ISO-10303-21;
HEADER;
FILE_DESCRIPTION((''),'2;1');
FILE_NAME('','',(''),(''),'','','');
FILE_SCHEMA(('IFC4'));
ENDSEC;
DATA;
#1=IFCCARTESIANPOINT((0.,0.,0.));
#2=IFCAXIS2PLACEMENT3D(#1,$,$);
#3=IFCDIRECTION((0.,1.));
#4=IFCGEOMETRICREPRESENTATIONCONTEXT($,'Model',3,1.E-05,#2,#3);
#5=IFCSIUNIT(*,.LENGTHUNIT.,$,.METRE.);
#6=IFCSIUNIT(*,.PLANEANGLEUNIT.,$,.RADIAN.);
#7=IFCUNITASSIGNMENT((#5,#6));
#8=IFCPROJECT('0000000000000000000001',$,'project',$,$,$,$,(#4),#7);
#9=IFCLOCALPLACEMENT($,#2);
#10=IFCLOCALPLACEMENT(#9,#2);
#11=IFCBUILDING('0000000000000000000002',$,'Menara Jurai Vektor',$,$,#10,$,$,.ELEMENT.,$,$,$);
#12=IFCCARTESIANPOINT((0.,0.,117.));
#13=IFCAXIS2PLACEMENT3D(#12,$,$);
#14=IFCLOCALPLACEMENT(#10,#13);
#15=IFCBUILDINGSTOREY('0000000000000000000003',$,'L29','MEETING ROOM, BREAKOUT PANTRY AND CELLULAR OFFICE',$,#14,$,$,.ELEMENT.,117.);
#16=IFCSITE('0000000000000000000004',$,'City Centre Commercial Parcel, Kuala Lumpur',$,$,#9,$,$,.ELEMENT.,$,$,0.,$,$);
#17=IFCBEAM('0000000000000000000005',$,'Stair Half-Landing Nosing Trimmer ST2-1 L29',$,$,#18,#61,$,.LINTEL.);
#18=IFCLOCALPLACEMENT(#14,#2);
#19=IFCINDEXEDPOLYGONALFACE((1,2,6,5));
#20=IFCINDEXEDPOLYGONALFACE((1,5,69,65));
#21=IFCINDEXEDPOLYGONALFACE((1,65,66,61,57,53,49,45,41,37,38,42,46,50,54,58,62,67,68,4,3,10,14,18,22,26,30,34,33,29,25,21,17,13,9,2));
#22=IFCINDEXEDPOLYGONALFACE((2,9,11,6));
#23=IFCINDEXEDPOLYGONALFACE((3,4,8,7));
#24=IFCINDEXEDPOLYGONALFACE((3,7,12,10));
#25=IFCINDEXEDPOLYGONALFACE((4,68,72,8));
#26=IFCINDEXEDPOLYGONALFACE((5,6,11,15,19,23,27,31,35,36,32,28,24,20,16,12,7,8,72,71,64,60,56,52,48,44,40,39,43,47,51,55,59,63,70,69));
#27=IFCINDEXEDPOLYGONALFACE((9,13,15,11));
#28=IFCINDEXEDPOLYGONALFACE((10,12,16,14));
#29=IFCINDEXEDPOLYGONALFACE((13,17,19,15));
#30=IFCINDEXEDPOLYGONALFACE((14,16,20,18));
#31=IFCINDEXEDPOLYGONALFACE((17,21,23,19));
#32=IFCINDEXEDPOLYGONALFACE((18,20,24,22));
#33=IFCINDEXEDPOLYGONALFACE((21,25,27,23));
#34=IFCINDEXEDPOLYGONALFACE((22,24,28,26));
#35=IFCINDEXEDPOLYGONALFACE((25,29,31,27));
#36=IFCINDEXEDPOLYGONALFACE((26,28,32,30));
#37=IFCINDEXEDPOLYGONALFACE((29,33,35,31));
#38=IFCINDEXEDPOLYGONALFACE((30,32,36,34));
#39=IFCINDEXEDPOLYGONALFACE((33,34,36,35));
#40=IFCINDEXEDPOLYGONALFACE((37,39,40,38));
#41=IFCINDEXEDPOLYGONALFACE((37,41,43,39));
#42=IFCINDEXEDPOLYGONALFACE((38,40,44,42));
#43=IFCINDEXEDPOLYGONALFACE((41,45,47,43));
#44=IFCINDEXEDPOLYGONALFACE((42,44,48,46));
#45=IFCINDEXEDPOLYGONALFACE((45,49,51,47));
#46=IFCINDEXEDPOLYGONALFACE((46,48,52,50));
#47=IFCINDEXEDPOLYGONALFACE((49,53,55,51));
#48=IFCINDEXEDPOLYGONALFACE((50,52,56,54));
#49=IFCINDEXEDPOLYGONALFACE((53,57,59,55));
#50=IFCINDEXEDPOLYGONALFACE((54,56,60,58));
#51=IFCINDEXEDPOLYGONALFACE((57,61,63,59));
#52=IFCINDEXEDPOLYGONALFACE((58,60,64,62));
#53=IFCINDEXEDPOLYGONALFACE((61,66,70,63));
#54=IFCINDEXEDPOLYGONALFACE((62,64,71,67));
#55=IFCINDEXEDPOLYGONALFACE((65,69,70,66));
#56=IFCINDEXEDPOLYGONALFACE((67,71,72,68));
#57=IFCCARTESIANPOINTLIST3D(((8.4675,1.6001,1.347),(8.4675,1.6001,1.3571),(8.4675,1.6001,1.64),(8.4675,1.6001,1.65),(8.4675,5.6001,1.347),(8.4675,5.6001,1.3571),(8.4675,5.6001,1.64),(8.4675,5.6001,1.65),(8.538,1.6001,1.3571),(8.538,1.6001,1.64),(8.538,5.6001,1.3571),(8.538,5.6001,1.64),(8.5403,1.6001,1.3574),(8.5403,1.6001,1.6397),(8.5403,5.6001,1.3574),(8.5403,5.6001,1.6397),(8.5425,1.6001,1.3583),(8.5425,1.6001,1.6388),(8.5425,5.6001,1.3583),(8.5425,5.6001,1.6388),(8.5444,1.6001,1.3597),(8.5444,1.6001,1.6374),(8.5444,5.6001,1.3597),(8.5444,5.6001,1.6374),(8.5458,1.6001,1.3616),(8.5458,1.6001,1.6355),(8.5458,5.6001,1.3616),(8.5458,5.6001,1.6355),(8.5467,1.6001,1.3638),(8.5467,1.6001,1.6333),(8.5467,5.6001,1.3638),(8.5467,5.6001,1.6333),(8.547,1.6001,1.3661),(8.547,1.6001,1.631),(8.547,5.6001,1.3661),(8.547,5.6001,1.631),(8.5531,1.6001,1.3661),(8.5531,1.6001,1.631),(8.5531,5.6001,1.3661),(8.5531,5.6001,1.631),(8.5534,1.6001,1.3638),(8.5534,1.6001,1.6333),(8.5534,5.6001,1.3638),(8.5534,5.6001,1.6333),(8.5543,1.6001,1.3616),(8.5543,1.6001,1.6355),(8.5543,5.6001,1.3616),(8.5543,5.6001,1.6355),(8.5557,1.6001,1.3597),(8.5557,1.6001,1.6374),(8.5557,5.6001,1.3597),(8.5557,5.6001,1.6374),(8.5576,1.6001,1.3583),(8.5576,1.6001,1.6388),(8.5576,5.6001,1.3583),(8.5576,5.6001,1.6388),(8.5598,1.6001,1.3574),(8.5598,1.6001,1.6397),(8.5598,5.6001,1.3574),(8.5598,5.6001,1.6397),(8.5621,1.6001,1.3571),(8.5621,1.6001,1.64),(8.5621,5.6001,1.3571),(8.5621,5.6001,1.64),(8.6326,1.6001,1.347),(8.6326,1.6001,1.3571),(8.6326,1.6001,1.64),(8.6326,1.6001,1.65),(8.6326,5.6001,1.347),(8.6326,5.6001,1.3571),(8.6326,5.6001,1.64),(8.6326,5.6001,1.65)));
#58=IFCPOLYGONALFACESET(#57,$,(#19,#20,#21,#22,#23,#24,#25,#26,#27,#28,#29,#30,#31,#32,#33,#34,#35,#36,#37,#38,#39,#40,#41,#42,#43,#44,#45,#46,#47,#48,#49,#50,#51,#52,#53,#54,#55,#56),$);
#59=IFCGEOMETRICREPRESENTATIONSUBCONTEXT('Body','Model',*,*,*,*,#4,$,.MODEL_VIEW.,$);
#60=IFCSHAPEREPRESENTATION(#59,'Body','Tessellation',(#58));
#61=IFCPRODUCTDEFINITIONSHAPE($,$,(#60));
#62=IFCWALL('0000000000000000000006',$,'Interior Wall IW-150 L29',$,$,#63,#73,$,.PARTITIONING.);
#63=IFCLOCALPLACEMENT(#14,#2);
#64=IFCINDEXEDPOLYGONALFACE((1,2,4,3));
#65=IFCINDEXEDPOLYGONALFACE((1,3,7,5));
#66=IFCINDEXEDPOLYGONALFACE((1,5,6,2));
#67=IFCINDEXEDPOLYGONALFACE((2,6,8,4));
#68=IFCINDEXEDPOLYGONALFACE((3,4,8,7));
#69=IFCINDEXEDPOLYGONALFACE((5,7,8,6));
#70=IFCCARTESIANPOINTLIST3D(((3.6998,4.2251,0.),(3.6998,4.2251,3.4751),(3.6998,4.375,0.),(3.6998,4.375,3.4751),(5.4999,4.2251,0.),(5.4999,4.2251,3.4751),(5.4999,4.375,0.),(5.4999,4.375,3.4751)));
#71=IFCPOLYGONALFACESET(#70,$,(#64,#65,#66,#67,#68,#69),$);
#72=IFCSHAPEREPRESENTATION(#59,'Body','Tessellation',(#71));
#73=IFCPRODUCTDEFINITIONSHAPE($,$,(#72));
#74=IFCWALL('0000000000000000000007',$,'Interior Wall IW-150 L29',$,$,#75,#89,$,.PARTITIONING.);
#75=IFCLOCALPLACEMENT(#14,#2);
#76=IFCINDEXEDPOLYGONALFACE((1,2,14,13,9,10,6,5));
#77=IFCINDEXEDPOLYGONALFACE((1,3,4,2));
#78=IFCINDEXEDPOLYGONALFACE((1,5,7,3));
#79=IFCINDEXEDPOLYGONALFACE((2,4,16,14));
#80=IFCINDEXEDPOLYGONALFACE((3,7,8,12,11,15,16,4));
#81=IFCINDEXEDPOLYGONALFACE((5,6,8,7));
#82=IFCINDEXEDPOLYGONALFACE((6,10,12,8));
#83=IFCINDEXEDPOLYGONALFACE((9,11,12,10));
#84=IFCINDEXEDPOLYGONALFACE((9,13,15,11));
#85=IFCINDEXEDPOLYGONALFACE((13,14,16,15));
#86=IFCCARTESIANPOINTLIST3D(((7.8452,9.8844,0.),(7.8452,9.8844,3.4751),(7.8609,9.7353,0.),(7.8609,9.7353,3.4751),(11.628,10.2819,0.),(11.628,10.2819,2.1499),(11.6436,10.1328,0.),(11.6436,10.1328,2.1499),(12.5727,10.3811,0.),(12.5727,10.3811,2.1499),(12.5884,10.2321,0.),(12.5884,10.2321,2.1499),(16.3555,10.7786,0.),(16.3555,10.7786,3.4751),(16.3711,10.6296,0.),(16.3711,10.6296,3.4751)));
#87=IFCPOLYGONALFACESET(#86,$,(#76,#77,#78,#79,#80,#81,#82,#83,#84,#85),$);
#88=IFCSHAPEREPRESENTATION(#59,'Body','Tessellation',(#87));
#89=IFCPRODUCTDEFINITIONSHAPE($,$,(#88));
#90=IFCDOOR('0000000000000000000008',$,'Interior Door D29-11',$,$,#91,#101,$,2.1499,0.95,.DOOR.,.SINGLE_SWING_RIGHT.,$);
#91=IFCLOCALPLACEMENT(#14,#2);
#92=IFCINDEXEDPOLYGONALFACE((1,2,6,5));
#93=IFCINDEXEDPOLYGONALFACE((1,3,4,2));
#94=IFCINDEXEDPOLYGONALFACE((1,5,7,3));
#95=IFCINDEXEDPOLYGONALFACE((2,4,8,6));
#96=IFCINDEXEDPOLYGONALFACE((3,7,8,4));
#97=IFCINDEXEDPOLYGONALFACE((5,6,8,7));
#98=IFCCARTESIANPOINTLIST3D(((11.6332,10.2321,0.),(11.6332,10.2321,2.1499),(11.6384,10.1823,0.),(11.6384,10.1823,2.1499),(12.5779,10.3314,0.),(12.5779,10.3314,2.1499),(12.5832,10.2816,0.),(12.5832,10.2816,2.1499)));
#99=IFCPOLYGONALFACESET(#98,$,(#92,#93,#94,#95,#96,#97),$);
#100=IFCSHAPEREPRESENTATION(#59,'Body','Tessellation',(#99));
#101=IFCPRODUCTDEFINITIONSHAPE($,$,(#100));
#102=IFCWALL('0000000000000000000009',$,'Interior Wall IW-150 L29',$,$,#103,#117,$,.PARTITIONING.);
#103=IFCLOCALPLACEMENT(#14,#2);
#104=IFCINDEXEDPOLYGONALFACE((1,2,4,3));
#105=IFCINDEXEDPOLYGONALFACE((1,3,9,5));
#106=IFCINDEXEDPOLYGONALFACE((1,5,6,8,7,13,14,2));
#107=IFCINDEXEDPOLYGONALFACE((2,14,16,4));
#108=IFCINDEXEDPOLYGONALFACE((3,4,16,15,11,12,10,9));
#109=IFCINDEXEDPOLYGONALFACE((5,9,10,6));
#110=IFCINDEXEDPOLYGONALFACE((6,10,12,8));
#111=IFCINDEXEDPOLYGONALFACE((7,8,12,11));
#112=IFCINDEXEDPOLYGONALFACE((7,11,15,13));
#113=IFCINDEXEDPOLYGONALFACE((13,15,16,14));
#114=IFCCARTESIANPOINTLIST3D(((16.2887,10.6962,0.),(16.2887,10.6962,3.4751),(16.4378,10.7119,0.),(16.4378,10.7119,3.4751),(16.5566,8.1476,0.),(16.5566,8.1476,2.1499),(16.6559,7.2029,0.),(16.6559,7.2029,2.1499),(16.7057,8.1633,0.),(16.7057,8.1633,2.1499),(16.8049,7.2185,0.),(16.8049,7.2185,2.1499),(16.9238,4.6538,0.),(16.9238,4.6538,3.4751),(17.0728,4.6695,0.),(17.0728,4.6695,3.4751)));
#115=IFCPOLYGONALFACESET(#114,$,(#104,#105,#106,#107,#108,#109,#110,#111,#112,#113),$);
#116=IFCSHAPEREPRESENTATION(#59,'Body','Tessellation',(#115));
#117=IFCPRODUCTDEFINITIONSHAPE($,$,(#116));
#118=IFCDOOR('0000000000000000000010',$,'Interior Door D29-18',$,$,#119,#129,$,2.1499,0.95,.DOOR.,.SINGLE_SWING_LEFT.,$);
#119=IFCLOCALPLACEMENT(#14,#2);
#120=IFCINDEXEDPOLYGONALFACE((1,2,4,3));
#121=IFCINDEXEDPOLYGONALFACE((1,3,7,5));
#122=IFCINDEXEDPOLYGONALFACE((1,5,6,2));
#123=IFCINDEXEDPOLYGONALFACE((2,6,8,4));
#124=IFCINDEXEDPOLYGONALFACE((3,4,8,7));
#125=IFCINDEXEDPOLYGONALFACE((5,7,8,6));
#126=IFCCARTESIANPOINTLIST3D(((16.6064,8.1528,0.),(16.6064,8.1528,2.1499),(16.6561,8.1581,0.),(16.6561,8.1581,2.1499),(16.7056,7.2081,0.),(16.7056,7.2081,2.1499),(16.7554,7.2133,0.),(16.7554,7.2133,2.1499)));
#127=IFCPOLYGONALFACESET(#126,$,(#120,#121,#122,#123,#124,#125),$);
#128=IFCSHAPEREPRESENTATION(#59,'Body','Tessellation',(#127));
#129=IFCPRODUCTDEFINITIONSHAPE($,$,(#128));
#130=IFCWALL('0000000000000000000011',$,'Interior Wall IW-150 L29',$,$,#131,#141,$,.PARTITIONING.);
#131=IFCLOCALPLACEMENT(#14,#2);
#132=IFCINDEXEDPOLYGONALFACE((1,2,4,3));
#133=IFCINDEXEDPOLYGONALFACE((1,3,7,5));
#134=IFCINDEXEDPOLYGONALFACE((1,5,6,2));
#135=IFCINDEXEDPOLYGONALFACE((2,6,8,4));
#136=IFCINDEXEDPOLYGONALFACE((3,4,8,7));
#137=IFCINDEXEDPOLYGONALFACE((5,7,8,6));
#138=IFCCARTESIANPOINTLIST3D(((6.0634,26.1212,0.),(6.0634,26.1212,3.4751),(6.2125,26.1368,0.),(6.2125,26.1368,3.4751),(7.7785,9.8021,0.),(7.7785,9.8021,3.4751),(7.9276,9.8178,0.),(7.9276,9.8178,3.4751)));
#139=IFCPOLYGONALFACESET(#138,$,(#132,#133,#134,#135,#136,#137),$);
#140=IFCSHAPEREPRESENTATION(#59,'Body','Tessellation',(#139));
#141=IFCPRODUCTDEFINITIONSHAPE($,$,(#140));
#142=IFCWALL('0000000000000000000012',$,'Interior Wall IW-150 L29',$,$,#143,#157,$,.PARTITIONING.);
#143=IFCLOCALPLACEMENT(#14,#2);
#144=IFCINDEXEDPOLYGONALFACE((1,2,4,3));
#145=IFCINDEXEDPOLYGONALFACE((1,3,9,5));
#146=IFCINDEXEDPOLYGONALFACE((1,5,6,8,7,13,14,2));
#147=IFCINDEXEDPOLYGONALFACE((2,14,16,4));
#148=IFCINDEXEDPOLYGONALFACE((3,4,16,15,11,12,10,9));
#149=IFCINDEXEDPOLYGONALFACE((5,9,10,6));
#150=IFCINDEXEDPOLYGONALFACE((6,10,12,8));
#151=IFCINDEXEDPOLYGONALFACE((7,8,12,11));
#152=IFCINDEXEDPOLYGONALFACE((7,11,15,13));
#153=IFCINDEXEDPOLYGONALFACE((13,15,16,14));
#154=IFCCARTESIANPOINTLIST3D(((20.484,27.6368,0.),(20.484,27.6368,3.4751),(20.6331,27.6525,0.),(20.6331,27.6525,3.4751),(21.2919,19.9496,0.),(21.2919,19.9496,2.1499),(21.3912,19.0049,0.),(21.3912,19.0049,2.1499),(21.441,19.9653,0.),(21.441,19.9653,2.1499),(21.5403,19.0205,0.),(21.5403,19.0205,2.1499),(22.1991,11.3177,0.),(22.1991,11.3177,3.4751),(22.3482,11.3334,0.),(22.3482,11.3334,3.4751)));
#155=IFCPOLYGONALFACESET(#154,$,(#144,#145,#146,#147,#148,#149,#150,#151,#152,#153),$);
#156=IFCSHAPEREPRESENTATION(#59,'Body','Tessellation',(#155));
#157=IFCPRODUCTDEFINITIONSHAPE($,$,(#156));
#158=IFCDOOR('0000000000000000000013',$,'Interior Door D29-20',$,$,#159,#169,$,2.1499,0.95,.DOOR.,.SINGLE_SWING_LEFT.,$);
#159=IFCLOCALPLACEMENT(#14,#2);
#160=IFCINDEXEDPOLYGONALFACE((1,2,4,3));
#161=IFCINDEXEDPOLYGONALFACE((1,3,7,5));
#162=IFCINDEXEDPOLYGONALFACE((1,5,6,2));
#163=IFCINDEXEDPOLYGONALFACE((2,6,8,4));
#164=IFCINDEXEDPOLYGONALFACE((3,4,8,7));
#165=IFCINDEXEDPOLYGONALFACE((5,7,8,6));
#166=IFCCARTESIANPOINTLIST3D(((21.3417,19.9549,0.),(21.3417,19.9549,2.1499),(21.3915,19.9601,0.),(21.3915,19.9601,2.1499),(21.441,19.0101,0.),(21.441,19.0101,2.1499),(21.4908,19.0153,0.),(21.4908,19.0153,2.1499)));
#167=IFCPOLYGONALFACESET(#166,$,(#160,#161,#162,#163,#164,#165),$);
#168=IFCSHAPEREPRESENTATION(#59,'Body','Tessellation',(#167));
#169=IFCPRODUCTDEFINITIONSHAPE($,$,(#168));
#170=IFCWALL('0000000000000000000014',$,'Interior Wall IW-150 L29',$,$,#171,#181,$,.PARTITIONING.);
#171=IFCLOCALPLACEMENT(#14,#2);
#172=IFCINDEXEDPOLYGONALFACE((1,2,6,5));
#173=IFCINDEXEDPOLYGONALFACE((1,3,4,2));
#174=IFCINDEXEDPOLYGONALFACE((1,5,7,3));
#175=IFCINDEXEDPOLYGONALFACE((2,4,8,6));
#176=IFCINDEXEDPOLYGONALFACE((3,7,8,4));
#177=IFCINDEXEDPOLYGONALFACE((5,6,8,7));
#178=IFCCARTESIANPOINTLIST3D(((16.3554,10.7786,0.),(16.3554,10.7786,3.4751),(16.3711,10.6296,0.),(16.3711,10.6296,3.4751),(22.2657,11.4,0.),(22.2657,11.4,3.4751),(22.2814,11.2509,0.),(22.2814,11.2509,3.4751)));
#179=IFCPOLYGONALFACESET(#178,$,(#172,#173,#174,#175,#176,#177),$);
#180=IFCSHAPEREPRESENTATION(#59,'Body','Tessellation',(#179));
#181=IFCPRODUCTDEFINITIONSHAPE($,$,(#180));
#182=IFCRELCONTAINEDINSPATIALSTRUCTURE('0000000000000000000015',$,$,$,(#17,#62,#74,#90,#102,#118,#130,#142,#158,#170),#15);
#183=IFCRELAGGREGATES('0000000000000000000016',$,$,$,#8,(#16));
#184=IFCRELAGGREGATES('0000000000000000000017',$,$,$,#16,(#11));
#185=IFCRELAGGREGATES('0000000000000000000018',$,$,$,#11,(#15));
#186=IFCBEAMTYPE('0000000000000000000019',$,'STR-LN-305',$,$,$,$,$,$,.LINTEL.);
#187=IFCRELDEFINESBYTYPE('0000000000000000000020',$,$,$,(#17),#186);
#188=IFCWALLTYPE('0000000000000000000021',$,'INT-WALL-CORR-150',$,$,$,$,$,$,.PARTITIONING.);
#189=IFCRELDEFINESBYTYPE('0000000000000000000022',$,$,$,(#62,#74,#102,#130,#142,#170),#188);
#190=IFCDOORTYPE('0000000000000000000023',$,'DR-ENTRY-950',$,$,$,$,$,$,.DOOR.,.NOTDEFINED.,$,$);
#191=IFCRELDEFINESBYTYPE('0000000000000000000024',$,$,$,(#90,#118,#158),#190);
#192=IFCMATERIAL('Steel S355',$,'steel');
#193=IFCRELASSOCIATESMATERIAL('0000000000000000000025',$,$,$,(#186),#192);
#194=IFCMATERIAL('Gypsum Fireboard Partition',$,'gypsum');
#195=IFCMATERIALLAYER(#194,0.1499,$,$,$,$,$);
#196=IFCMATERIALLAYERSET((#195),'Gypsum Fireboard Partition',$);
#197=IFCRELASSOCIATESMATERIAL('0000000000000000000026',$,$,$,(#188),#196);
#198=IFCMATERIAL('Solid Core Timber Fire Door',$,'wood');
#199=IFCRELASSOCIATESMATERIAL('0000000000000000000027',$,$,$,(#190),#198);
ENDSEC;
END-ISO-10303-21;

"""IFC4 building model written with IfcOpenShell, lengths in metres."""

from ifc_helpers import new_model, si_unit, direction, frame, frame_2d, origin, origin_2d, place, context, subcontext, project, spatial, rectangle, i_section, extrude, material, layer, layer_set, material_profile, profile_set, type_object, element, fill, save


model = new_model("IFC4")

# Units and contexts
model_context = context("Model", 3, precision=1e-05, world=origin(), true_north=direction((0.0, 1.0)))
body_context = subcontext(model_context, "Body", "Model", "MODEL_VIEW")
ifc_project = project(units=[si_unit("LENGTHUNIT", "METRE"), si_unit("PLANEANGLEUNIT", "RADIAN")], contexts=[model_context])

# Site, building, storey
site_placement = place(None, origin())
site = spatial("IfcSite", under=ifc_project, at=site_placement, Name="City Centre Commercial Parcel, Kuala Lumpur", CompositionType="ELEMENT", RefElevation=0.0)
building_placement = place(site_placement, origin())
building = spatial("IfcBuilding", under=site, at=building_placement, Name="Menara Jurai Vektor", CompositionType="ELEMENT")
storey_placement = place(building_placement, frame((0.0, 0.0, 117.0)))
storey = spatial("IfcBuildingStorey", under=building, at=storey_placement, Name="L29", Description="MEETING ROOM, BREAKOUT PANTRY AND CELLULAR OFFICE", CompositionType="ELEMENT", Elevation=117.0)

# Shared definitions
ifc_material_1 = material(Name="Steel S355", Category="steel")

# Beam
ifc_material_profile_1 = material_profile(ifc_material_1, i_section(OverallWidth=0.165, OverallDepth=0.303, WebThickness=0.0061, FlangeThickness=0.01, FilletRadius=0.009, at=origin_2d()), Name="UKB 305x165x40")
ifc_profile_set_1 = profile_set([ifc_material_profile_1], Name="Steel S355")
beam_type_1 = type_object("IfcBeamType", Name="STR-LN-305", PredefinedType="LINTEL", material=ifc_profile_set_1)
beam_1_placement = place(storey_placement, frame((8.55, 1.6001, 1.4985), z_axis=(0.0, 1.0, 0.0), x_axis=(-1.0, 0.0, 0.0)))
element("IfcBeam", 1, at=beam_1_placement, inside=storey, type_object=beam_type_1, Name="Stair Half-Landing Nosing Trimmer ST2-1 L29", PredefinedType="LINTEL", context=body_context, shape_type="SweptSolid", body=[
    extrude(i_section(OverallWidth=0.165, OverallDepth=0.303, WebThickness=0.0061, FlangeThickness=0.01, FilletRadius=0.009, at=origin_2d()), origin(), (0.0, 0.0, 1.0), 4.0),
])

# Wall
ifc_material_2 = material(Name="Gypsum Fireboard Partition", Category="gypsum")
ifc_layer_1 = layer(ifc_material_2, 0.1499)
ifc_layer_set_1 = layer_set([ifc_layer_1], Name="Gypsum Fireboard Partition")
wall_type_1 = type_object("IfcWallType", Name="INT-WALL-CORR-150", PredefinedType="PARTITIONING", material=ifc_layer_set_1)
wall_1_placement = place(storey_placement, frame((3.7, 4.3, 0.0), z_axis=(0.0, 0.0, 1.0), x_axis=(1.0, 0.0, 0.0)))
element("IfcWall", 2, at=wall_1_placement, inside=storey, type_object=wall_type_1, Name="Interior Wall IW-150 L29", PredefinedType="PARTITIONING", context=body_context, shape_type="SweptSolid", body=[
    extrude(rectangle(XDim=1.8, YDim=0.1499, at=frame_2d((0.8999, 0.0))), origin(), (0.0, 0.0, 1.0), 3.4751),
])

# Walls, openings, doors
wall_2_placement = place(storey_placement, frame((7.853, 9.8098, 0.0), z_axis=(0.0, 0.0, 1.0), x_axis=(0.994524, 0.104508, 0.0)))
wall_2 = element("IfcWall", 3, at=wall_2_placement, inside=storey, type_object=wall_type_1, Name="Interior Wall IW-150 L29", PredefinedType="PARTITIONING", context=body_context, shape_type="SweptSolid", body=[
    extrude(rectangle(XDim=8.5571, YDim=0.1499, at=frame_2d((4.2786, 0.0))), origin(), (0.0, 0.0, 1.0), 3.4751),
])
opening_1_placement = place(wall_2_placement, frame((3.8035, 0.0, 0.0)))
opening_1 = element("IfcOpeningElement", 4, at=opening_1_placement, cuts=wall_2, PredefinedType="OPENING", context=body_context, shape_type="SweptSolid", body=[
    extrude(rectangle(XDim=0.95, YDim=2.1499, at=frame_2d((0.4751, 1.075))), frame((0.0, 0.085, 0.0), z_axis=(0.0, -1.0, 0.0), x_axis=(1.0, 0.0, 0.0)), (0.0, 0.0, 1.0), 0.1699),
])
ifc_material_3 = material(Name="Solid Core Timber Fire Door", Category="wood")
door_type_1 = type_object("IfcDoorType", Name="DR-ENTRY-950", OperationType="NOTDEFINED", PredefinedType="DOOR", material=ifc_material_3)
door_1_placement = place(opening_1_placement, origin())
door_1 = element("IfcDoor", 5, at=door_1_placement, inside=storey, type_object=door_type_1, Name="Interior Door D29-11", OperationType="SINGLE_SWING_RIGHT", OverallHeight=2.1499, OverallWidth=0.95, PredefinedType="DOOR", context=body_context, shape_type="SweptSolid", body=[
    extrude(rectangle(XDim=0.95, YDim=2.1499, at=frame_2d((0.4751, 1.075))), frame((0.0, 0.0249, 0.0), z_axis=(0.0, -1.0, 0.0), x_axis=(1.0, 0.0, 0.0)), (0.0, 0.0, 1.0), 0.05),
])
fill(opening_1, door_1)
wall_3_placement = place(storey_placement, frame((16.9983, 4.6616, 0.0), z_axis=(0.0, 0.0, 1.0), x_axis=(-0.104515, 0.994523, 0.0)))
wall_3 = element("IfcWall", 6, at=wall_3_placement, inside=storey, type_object=wall_type_1, Name="Interior Wall IW-150 L29", PredefinedType="PARTITIONING", context=body_context, shape_type="SweptSolid", body=[
    extrude(rectangle(XDim=6.0757, YDim=0.1499, at=frame_2d((3.0378, 0.0))), origin(), (0.0, 0.0, 1.0), 3.4751),
])
opening_2_placement = place(wall_3_placement, frame((2.563, 0.0, 0.0)))
opening_2 = element("IfcOpeningElement", 7, at=opening_2_placement, cuts=wall_3, PredefinedType="OPENING", context=body_context, shape_type="SweptSolid", body=[
    extrude(rectangle(XDim=0.95, YDim=2.1499, at=frame_2d((0.4751, 1.075))), frame((0.0, 0.085, 0.0), z_axis=(0.0, -1.0, 0.0), x_axis=(1.0, 0.0, 0.0)), (0.0, 0.0, 1.0), 0.1699),
])
door_2_placement = place(opening_2_placement, origin())
door_2 = element("IfcDoor", 8, at=door_2_placement, inside=storey, type_object=door_type_1, Name="Interior Door D29-18", OperationType="SINGLE_SWING_LEFT", OverallHeight=2.1499, OverallWidth=0.95, PredefinedType="DOOR", context=body_context, shape_type="SweptSolid", body=[
    extrude(rectangle(XDim=0.95, YDim=2.1499, at=frame_2d((0.4751, 1.075))), frame((0.0, 0.0249, 0.0), z_axis=(0.0, -1.0, 0.0), x_axis=(1.0, 0.0, 0.0)), (0.0, 0.0, 1.0), 0.05),
])
fill(opening_2, door_2)

# Wall
wall_4_placement = place(storey_placement, frame((7.853, 9.8098, 0.0), z_axis=(0.0, 0.0, 1.0), x_axis=(-0.104521, 0.994523, 0.0)))
element("IfcWall", 9, at=wall_4_placement, inside=storey, type_object=wall_type_1, Name="Interior Wall IW-150 L29", PredefinedType="PARTITIONING", context=body_context, shape_type="SweptSolid", body=[
    extrude(rectangle(XDim=16.4089, YDim=0.1499, at=frame_2d((8.2046, 0.0))), origin(), (0.0, 0.0, 1.0), 3.4751),
])

# Wall, opening, door
wall_5_placement = place(storey_placement, frame((22.2737, 11.3254, 0.0), z_axis=(0.0, 0.0, 1.0), x_axis=(-0.104521, 0.994523, 0.0)))
wall_5 = element("IfcWall", 10, at=wall_5_placement, inside=storey, type_object=wall_type_1, Name="Interior Wall IW-150 L29", PredefinedType="PARTITIONING", context=body_context, shape_type="SweptSolid", body=[
    extrude(rectangle(XDim=16.4089, YDim=0.1499, at=frame_2d((8.2046, 0.0))), origin(), (0.0, 0.0, 1.0), 3.4751),
])
opening_3_placement = place(wall_5_placement, frame((7.7295, 0.0, 0.0)))
opening_3 = element("IfcOpeningElement", 11, at=opening_3_placement, cuts=wall_5, PredefinedType="OPENING", context=body_context, shape_type="SweptSolid", body=[
    extrude(rectangle(XDim=0.95, YDim=2.1499, at=frame_2d((0.4751, 1.075))), frame((0.0, 0.085, 0.0), z_axis=(0.0, -1.0, 0.0), x_axis=(1.0, 0.0, 0.0)), (0.0, 0.0, 1.0), 0.1699),
])
door_3_placement = place(opening_3_placement, origin())
door_3 = element("IfcDoor", 12, at=door_3_placement, inside=storey, type_object=door_type_1, Name="Interior Door D29-20", OperationType="SINGLE_SWING_LEFT", OverallHeight=2.1499, OverallWidth=0.95, PredefinedType="DOOR", context=body_context, shape_type="SweptSolid", body=[
    extrude(rectangle(XDim=0.95, YDim=2.1499, at=frame_2d((0.4751, 1.075))), frame((0.0, 0.0249, 0.0), z_axis=(0.0, -1.0, 0.0), x_axis=(1.0, 0.0, 0.0)), (0.0, 0.0, 1.0), 0.05),
])
fill(opening_3, door_3)

# Wall
wall_6_placement = place(storey_placement, frame((16.3633, 10.7041, 0.0), z_axis=(0.0, 0.0, 1.0), x_axis=(0.99452, 0.10455, 0.0)))
element("IfcWall", 13, at=wall_6_placement, inside=storey, type_object=wall_type_1, Name="Interior Wall IW-150 L29", PredefinedType="PARTITIONING", context=body_context, shape_type="SweptSolid", body=[
    extrude(rectangle(XDim=5.9429, YDim=0.1499, at=frame_2d((2.9714, 0.0))), origin(), (0.0, 0.0, 1.0), 3.4751),
])

save(model, "model.ifc")
